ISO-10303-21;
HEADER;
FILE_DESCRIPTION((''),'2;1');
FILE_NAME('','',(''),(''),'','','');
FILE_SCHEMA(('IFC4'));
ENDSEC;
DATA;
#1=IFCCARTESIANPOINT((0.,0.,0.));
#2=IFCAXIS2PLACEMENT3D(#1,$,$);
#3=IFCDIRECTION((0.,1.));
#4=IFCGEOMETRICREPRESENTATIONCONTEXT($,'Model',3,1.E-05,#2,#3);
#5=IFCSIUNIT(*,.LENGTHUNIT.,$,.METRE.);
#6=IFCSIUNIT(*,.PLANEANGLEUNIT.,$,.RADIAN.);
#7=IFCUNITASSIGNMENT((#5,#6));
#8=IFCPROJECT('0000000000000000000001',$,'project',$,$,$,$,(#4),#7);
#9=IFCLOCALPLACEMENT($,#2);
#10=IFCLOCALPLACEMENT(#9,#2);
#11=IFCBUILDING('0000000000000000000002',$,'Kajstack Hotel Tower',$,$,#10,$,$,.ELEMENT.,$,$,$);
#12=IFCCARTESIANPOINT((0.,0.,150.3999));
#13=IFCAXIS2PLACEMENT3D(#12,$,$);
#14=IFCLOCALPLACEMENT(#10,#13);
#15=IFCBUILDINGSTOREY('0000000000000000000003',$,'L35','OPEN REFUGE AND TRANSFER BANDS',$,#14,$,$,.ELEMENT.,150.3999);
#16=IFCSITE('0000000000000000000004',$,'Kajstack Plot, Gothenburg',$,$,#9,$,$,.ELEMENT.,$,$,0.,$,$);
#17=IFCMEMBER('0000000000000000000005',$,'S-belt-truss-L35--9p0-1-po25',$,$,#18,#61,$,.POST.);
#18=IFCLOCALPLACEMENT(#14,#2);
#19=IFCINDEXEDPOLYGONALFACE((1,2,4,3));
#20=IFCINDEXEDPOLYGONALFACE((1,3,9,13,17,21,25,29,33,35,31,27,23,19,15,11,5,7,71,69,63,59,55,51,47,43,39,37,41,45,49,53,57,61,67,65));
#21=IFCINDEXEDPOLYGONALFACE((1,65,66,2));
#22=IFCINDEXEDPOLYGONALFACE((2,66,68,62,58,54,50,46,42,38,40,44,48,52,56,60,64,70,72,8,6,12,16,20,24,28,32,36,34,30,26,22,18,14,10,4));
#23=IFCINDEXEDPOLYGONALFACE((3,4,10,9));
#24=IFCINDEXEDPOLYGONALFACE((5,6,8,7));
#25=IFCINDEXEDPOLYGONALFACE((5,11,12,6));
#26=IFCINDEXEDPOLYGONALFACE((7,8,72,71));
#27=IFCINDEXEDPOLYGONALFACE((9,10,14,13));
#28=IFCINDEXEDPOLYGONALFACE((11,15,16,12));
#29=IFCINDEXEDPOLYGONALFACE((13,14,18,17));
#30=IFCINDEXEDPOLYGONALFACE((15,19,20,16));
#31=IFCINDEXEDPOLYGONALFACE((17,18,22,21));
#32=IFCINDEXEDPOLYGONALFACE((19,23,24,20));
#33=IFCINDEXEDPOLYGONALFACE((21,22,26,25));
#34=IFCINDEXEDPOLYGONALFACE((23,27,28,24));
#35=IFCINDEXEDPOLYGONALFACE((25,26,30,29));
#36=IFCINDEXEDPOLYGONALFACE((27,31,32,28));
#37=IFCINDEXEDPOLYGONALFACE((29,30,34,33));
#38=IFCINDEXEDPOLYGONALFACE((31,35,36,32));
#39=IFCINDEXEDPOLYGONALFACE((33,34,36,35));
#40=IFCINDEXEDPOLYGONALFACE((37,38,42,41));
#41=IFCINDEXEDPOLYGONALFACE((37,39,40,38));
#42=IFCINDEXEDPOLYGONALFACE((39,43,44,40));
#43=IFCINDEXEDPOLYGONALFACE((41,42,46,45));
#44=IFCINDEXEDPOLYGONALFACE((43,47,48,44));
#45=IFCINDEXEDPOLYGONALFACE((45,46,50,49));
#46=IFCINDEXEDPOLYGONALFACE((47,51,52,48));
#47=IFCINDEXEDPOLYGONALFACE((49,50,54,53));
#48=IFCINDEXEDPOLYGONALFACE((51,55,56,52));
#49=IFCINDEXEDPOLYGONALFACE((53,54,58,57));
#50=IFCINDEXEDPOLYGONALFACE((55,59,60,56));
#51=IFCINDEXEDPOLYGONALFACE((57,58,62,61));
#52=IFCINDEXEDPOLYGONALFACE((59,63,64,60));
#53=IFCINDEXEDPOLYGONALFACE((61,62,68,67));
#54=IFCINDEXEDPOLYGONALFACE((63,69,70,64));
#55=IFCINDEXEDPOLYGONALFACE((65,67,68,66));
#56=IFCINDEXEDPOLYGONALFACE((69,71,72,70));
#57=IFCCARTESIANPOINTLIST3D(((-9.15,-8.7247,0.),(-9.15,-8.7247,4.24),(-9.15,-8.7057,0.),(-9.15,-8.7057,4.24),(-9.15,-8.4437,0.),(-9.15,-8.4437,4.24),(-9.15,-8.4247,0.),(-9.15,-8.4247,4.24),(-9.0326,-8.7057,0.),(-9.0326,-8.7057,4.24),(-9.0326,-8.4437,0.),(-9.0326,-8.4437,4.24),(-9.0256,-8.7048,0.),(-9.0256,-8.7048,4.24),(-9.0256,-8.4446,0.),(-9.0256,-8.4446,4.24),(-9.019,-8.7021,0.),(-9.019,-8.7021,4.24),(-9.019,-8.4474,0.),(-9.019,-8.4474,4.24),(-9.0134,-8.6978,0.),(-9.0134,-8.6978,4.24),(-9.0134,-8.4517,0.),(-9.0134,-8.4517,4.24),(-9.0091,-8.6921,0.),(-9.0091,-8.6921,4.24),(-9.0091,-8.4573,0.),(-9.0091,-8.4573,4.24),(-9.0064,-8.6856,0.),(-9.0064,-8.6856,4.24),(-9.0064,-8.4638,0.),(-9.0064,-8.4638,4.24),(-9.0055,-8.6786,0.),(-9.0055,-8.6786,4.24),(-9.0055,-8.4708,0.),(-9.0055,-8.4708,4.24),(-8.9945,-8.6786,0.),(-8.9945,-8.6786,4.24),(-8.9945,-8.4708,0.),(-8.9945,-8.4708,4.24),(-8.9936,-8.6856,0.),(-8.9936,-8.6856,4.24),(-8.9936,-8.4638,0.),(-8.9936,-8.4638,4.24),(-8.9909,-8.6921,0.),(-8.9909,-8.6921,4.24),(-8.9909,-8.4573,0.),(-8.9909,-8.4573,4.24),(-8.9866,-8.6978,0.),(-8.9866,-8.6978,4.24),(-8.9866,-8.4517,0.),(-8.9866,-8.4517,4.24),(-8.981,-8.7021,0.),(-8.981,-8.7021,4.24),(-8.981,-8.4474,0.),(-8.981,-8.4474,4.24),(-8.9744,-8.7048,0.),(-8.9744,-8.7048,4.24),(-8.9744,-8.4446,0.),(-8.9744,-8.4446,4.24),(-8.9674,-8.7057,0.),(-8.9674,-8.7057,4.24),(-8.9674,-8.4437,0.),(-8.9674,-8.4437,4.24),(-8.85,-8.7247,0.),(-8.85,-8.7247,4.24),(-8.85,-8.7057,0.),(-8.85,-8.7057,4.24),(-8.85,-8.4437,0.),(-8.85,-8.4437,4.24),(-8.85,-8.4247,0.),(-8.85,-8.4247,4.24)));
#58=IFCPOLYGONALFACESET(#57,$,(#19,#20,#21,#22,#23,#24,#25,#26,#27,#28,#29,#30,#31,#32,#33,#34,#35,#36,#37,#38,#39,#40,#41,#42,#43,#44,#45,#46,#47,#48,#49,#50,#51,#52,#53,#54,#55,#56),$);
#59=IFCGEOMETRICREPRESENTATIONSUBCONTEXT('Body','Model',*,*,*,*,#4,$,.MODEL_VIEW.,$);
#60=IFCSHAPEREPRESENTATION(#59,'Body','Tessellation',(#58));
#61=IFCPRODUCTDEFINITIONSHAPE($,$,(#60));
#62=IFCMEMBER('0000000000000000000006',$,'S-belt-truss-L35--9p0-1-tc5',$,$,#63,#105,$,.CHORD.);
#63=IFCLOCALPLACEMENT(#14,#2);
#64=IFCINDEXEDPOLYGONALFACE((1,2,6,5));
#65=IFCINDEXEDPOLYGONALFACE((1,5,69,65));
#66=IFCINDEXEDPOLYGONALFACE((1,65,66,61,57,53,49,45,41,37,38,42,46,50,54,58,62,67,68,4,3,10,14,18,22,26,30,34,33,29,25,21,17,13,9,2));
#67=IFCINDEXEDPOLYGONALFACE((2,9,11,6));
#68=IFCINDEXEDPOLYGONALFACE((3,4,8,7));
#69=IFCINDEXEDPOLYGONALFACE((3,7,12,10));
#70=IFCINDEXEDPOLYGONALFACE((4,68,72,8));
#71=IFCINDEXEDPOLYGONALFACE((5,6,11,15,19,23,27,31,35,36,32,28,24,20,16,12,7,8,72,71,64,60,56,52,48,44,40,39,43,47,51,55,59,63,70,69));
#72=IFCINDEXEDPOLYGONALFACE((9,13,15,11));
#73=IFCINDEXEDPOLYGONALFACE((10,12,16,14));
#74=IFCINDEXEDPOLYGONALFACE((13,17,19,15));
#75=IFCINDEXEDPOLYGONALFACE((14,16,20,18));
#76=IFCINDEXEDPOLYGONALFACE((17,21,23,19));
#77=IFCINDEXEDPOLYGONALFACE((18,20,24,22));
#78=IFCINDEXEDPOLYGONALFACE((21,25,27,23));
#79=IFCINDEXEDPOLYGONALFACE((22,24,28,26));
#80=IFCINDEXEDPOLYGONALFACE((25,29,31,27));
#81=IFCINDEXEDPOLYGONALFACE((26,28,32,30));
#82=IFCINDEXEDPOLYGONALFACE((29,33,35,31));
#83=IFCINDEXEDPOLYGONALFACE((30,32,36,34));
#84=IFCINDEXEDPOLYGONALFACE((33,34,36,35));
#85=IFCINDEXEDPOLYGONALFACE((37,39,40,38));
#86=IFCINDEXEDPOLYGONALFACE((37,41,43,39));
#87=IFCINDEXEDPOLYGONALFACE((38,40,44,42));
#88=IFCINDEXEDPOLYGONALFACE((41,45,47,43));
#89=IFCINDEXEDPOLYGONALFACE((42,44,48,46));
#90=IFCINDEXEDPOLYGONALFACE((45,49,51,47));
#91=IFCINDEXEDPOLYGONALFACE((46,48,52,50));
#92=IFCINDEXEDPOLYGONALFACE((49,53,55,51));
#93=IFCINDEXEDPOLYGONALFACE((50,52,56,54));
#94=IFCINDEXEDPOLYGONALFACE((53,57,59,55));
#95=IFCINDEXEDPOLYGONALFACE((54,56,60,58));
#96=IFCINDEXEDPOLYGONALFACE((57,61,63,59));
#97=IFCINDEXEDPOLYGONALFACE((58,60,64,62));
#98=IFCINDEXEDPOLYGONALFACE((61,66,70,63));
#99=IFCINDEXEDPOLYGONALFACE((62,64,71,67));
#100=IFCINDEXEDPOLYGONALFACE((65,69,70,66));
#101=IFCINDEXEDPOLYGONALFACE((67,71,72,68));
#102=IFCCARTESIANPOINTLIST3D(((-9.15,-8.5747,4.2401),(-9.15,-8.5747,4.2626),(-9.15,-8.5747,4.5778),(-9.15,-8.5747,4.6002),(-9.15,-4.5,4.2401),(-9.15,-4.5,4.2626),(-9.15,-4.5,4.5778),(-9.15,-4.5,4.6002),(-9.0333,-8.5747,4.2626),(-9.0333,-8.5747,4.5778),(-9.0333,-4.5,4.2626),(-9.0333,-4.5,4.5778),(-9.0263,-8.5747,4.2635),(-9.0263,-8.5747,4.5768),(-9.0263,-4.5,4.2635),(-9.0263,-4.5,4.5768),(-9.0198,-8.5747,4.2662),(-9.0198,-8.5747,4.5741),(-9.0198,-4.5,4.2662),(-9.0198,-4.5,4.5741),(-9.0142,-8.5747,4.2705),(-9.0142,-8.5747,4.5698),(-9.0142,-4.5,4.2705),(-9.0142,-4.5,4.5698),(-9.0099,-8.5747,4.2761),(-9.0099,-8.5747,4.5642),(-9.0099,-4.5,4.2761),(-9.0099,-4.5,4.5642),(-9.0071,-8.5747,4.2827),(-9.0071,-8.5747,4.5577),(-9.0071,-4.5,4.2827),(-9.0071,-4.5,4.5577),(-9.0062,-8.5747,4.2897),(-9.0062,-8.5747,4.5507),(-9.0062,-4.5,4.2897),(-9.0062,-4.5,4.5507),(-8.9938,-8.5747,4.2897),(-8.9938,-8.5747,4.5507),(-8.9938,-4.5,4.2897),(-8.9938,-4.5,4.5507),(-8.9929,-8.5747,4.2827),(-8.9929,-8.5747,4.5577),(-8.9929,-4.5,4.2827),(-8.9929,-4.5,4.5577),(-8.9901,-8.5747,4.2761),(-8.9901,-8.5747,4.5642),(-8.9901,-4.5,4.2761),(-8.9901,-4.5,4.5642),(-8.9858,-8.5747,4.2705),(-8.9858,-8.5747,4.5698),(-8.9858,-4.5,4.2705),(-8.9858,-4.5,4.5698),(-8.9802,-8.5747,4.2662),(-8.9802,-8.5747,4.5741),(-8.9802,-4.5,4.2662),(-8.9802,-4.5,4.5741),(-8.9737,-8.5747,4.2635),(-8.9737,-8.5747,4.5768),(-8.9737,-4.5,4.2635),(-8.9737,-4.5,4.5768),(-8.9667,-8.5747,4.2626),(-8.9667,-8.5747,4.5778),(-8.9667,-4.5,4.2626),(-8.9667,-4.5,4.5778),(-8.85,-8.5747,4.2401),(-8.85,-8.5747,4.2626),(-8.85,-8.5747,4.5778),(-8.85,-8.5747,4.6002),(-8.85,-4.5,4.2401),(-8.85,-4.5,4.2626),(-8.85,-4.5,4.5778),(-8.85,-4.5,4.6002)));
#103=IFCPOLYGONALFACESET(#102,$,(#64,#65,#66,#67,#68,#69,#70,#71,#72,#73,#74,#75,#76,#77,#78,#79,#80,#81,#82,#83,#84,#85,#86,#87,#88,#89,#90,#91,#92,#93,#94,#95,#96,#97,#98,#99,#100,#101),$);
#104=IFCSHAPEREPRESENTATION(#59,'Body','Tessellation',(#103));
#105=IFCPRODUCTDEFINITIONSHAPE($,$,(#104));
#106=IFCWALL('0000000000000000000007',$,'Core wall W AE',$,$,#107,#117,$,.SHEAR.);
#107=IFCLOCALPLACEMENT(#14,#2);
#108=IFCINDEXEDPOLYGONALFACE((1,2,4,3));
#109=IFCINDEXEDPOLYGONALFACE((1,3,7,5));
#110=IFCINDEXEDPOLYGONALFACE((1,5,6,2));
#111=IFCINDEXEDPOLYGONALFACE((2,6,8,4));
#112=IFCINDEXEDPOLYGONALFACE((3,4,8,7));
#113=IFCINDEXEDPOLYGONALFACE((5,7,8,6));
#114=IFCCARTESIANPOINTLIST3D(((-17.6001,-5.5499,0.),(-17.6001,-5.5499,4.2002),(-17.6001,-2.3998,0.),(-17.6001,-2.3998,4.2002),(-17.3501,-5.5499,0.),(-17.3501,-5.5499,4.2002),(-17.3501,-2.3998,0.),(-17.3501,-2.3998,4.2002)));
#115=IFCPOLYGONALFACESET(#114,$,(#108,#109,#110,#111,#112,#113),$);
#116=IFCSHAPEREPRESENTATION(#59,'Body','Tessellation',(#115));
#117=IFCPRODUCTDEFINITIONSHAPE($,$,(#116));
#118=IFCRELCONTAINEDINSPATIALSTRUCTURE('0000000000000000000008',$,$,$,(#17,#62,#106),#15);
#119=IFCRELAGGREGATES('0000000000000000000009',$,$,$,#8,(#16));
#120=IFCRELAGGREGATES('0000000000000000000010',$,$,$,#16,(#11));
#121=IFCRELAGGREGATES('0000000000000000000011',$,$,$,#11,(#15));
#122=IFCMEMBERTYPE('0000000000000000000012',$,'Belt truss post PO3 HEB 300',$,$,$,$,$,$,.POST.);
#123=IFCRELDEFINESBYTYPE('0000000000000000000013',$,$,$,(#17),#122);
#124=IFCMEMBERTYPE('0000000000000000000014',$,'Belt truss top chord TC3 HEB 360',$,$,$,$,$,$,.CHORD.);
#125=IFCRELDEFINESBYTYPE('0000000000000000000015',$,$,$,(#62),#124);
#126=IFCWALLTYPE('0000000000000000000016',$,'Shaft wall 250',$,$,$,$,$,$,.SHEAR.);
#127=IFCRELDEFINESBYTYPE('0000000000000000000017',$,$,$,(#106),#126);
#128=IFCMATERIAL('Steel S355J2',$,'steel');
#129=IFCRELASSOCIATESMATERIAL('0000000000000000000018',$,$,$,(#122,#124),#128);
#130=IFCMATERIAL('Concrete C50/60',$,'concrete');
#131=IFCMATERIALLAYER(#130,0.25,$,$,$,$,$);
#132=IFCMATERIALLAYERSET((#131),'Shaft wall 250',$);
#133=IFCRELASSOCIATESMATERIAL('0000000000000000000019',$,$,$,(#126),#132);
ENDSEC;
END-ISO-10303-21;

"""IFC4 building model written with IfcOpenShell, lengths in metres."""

from ifc_helpers import new_model, si_unit, direction, frame, frame_2d, origin, origin_2d, place, context, subcontext, project, spatial, rectangle, i_section, extrude, material, layer, layer_set, material_profile, profile_set, type_object, element, save


model = new_model("IFC4")

# Units and contexts
model_context = context("Model", 3, precision=1e-05, world=origin(), true_north=direction((0.0, 1.0)))
body_context = subcontext(model_context, "Body", "Model", "MODEL_VIEW")
ifc_project = project(units=[si_unit("LENGTHUNIT", "METRE"), si_unit("PLANEANGLEUNIT", "RADIAN")], contexts=[model_context])

# Site, building, storey
site_placement = place(None, origin())
site = spatial("IfcSite", under=ifc_project, at=site_placement, Name="Kajstack Plot, Gothenburg", CompositionType="ELEMENT", RefElevation=0.0)
building_placement = place(site_placement, origin())
building = spatial("IfcBuilding", under=site, at=building_placement, Name="Kajstack Hotel Tower", CompositionType="ELEMENT")
storey_placement = place(building_placement, frame((0.0, 0.0, 150.3999)))
storey = spatial("IfcBuildingStorey", under=building, at=storey_placement, Name="L35", Description="OPEN REFUGE AND TRANSFER BANDS", CompositionType="ELEMENT", Elevation=150.3999)

# Members
ifc_material_1 = material(Name="Steel S355J2", Category="steel")
ifc_material_profile_1 = material_profile(ifc_material_1, i_section(OverallWidth=0.3, OverallDepth=0.3, WebThickness=0.011, FlangeThickness=0.019, FilletRadius=0.0271, at=origin_2d()), Name="HEB 300")
ifc_profile_set_1 = profile_set([ifc_material_profile_1], Name="Steel S355J2")
member_type_1 = type_object("IfcMemberType", Name="Belt truss post PO3 HEB 300", PredefinedType="POST", material=ifc_profile_set_1)
member_1_placement = place(storey_placement, frame((-9.0, -8.5747, 0.0), z_axis=(0.0, 0.0, 1.0), x_axis=(1.0, 0.0, 0.0)))
element("IfcMember", 1, at=member_1_placement, inside=storey, type_object=member_type_1, Name="S-belt-truss-L35--9p0-1-po25", PredefinedType="POST", context=body_context, shape_type="SweptSolid", body=[
    extrude(i_section(OverallWidth=0.3, OverallDepth=0.3, WebThickness=0.011, FlangeThickness=0.019, FilletRadius=0.0271, at=origin_2d()), origin(), (0.0, 0.0, 1.0), 4.24),
])
ifc_material_profile_2 = material_profile(ifc_material_1, i_section(OverallWidth=0.3, OverallDepth=0.3601, WebThickness=0.0125, FlangeThickness=0.0225, FilletRadius=0.0271, at=origin_2d()), Name="HEB 360")
ifc_profile_set_2 = profile_set([ifc_material_profile_2], Name="Steel S355J2")
member_type_2 = type_object("IfcMemberType", Name="Belt truss top chord TC3 HEB 360", PredefinedType="CHORD", material=ifc_profile_set_2)
member_2_placement = place(storey_placement, frame((-9.0, -8.5747, 4.4202), z_axis=(0.0, 1.0, 0.0), x_axis=(-1.0, 0.0, 0.0)))
element("IfcMember", 2, at=member_2_placement, inside=storey, type_object=member_type_2, Name="S-belt-truss-L35--9p0-1-tc5", PredefinedType="CHORD", context=body_context, shape_type="SweptSolid", body=[
    extrude(i_section(OverallWidth=0.3, OverallDepth=0.3601, WebThickness=0.0125, FlangeThickness=0.0225, FilletRadius=0.0271, at=origin_2d()), origin(), (0.0, 0.0, 1.0), 4.0747),
])

# Wall
ifc_material_2 = material(Name="Concrete C50/60", Category="concrete")
ifc_layer_1 = layer(ifc_material_2, 0.25)
ifc_layer_set_1 = layer_set([ifc_layer_1], Name="Shaft wall 250")
wall_type = type_object("IfcWallType", Name="Shaft wall 250", PredefinedType="SHEAR", material=ifc_layer_set_1)
wall_placement = place(storey_placement, frame((-17.4751, -5.55, 0.0), z_axis=(0.0, 0.0, 1.0), x_axis=(0.0, 1.0, 0.0)))
element("IfcWall", 3, at=wall_placement, inside=storey, type_object=wall_type, Name="Core wall W AE", PredefinedType="SHEAR", context=body_context, shape_type="SweptSolid", body=[
    extrude(rectangle(XDim=3.1501, YDim=0.25, at=frame_2d((1.5752, 0.0))), origin(), (0.0, 0.0, 1.0), 4.2002),
])

save(model, "model.ifc")
